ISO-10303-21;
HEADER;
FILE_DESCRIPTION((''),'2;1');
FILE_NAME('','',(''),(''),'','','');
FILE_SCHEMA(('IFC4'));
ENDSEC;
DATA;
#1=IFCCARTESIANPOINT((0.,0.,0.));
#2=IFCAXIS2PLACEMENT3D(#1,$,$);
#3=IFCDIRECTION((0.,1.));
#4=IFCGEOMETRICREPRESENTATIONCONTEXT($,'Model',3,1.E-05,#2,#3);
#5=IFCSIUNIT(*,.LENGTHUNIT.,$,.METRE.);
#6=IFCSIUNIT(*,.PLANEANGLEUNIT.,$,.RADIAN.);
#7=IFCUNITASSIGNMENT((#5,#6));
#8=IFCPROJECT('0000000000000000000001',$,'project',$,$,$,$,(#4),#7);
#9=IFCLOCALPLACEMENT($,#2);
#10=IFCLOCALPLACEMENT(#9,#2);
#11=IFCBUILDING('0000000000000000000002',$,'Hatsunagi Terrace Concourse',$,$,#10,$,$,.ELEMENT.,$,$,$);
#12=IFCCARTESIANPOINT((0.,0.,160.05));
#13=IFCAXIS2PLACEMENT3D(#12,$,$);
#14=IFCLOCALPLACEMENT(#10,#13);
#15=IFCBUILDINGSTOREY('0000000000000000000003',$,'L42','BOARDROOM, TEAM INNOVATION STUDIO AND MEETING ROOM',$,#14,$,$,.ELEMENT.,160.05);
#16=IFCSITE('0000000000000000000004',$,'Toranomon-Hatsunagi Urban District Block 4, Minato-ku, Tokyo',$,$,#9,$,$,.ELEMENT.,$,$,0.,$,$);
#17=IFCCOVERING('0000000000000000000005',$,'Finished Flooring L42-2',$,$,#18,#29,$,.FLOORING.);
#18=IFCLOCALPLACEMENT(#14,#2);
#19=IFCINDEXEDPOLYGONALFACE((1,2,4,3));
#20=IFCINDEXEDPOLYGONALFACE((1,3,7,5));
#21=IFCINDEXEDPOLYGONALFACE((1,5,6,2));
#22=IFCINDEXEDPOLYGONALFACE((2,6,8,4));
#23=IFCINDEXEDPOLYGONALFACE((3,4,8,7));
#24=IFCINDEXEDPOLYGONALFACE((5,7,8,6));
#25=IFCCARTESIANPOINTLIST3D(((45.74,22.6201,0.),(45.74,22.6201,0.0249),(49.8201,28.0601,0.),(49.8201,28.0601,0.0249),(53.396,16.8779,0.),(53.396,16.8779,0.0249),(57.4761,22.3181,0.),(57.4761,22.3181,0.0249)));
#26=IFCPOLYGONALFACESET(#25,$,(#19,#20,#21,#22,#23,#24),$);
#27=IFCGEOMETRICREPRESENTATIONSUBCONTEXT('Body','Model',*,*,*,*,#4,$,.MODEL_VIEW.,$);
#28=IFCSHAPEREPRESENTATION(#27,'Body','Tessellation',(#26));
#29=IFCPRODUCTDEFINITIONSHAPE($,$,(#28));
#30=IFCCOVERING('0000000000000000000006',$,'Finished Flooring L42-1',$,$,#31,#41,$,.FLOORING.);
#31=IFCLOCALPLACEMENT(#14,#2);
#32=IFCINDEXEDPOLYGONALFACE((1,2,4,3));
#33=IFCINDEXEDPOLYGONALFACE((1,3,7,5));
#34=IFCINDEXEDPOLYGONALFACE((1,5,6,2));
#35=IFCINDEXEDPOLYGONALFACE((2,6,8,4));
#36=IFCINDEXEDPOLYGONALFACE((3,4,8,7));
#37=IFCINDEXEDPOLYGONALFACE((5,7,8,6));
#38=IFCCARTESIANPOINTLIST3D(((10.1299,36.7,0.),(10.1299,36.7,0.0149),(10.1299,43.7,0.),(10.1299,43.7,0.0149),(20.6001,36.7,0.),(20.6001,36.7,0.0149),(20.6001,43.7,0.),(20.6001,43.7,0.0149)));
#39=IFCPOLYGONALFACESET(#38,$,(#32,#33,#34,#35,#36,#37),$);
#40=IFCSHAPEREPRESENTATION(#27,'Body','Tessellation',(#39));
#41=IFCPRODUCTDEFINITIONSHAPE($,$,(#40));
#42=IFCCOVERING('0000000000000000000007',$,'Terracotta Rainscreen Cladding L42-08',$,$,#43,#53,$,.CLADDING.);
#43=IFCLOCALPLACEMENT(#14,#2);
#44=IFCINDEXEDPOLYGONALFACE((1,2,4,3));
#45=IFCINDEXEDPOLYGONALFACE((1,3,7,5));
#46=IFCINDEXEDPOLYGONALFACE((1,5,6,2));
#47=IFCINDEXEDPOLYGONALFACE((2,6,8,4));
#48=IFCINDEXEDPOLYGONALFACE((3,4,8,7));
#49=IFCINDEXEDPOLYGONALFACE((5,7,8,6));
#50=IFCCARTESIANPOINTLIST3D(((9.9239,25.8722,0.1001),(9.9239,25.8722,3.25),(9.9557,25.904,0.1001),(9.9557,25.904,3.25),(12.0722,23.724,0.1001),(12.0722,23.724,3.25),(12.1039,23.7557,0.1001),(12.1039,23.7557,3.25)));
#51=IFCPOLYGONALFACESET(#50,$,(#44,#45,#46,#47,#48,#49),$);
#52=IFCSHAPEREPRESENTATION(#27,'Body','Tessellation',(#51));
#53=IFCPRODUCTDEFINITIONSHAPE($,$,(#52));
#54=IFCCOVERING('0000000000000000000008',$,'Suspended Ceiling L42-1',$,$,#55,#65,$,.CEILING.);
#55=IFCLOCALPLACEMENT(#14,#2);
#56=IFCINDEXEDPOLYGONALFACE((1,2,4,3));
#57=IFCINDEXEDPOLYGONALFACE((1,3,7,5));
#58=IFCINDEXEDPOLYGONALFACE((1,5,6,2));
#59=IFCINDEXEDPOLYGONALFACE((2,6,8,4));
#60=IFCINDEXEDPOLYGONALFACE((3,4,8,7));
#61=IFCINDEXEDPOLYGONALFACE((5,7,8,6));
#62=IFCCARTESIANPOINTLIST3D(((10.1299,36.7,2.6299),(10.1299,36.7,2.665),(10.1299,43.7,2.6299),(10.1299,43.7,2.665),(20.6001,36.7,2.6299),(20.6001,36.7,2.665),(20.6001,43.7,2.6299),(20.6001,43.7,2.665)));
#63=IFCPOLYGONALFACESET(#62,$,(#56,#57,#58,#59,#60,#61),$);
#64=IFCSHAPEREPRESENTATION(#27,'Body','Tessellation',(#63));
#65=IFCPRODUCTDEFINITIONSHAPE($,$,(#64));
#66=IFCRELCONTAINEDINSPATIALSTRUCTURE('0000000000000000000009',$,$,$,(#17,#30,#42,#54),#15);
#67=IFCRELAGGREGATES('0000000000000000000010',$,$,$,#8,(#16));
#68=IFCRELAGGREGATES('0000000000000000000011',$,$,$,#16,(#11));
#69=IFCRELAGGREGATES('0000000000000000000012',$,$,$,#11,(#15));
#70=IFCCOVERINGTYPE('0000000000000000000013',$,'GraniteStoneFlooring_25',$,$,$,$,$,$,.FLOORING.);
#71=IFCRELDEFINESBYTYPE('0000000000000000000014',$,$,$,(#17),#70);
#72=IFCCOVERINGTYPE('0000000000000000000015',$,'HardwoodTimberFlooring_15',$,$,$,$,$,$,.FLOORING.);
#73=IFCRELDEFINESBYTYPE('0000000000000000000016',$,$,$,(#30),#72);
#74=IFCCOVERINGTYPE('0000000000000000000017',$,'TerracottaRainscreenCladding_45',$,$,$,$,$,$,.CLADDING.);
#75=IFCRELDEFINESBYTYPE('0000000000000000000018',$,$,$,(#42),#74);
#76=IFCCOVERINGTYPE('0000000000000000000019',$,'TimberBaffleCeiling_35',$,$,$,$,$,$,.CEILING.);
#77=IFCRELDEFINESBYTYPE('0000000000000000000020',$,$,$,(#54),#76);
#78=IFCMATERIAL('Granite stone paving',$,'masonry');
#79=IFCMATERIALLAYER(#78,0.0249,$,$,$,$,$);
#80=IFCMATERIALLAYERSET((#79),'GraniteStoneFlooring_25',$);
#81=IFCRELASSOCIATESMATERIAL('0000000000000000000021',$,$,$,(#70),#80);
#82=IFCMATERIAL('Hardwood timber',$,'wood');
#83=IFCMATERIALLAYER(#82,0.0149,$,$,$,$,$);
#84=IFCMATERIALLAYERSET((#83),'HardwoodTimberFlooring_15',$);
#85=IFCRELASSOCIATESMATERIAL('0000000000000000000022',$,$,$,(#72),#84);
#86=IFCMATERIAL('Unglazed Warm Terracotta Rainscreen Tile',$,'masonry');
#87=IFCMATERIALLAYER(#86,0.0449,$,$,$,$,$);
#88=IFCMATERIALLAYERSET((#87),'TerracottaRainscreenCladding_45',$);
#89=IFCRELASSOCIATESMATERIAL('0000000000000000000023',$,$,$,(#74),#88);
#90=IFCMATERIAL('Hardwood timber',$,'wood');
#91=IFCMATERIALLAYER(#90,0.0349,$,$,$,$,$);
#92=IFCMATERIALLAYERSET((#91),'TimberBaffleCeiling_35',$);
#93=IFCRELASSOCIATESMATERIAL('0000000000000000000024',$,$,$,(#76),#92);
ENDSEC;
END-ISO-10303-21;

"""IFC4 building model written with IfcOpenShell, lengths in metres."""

from ifc_helpers import new_model, si_unit, direction, frame, origin, origin_2d, place, context, subcontext, project, spatial, polyline, rectangle, outline, extrude, material, layer, layer_set, type_object, element, save


model = new_model("IFC4")

# Units and contexts
model_context = context("Model", 3, precision=1e-05, world=origin(), true_north=direction((0.0, 1.0)))
body_context = subcontext(model_context, "Body", "Model", "MODEL_VIEW")
ifc_project = project(units=[si_unit("LENGTHUNIT", "METRE"), si_unit("PLANEANGLEUNIT", "RADIAN")], contexts=[model_context])

# Site, building, storey
site_placement = place(None, origin())
site = spatial("IfcSite", under=ifc_project, at=site_placement, Name="Toranomon-Hatsunagi Urban District Block 4, Minato-ku, Tokyo", CompositionType="ELEMENT", RefElevation=0.0)
building_placement = place(site_placement, origin())
building = spatial("IfcBuilding", under=site, at=building_placement, Name="Hatsunagi Terrace Concourse", CompositionType="ELEMENT")
storey_placement = place(building_placement, frame((0.0, 0.0, 160.05)))
storey = spatial("IfcBuildingStorey", under=building, at=storey_placement, Name="L42", Description="BOARDROOM, TEAM INNOVATION STUDIO AND MEETING ROOM", CompositionType="ELEMENT", Elevation=160.05)

# Coverings
ifc_material_1 = material(Name="Granite stone paving", Category="masonry")
ifc_layer_1 = layer(ifc_material_1, 0.0249)
ifc_layer_set_1 = layer_set([ifc_layer_1], Name="GraniteStoneFlooring_25")
covering_type_1 = type_object("IfcCoveringType", Name="GraniteStoneFlooring_25", PredefinedType="FLOORING", material=ifc_layer_set_1)
covering_1_placement = place(storey_placement, origin())
element("IfcCovering", 1, at=covering_1_placement, inside=storey, type_object=covering_type_1, Name="Finished Flooring L42-2", PredefinedType="FLOORING", context=body_context, shape_type="SweptSolid", body=[
    extrude(outline(polyline([(57.4761, 22.3181), (49.8201, 28.0601), (45.74, 22.6201), (53.396, 16.8779), (57.4761, 22.3181)])), origin(), (0.0, 0.0, 1.0), 0.0249),
])
ifc_material_2 = material(Name="Hardwood timber", Category="wood")
ifc_layer_2 = layer(ifc_material_2, 0.0149)
ifc_layer_set_2 = layer_set([ifc_layer_2], Name="HardwoodTimberFlooring_15")
covering_type_2 = type_object("IfcCoveringType", Name="HardwoodTimberFlooring_15", PredefinedType="FLOORING", material=ifc_layer_set_2)
covering_2_placement = place(storey_placement, origin())
element("IfcCovering", 2, at=covering_2_placement, inside=storey, type_object=covering_type_2, Name="Finished Flooring L42-1", PredefinedType="FLOORING", context=body_context, shape_type="SweptSolid", body=[
    extrude(outline(polyline([(10.1299, 36.7), (20.6001, 36.7), (20.6001, 43.7), (10.1299, 43.7), (10.1299, 36.7)])), origin(), (0.0, 0.0, 1.0), 0.0149),
])
ifc_material_3 = material(Name="Unglazed Warm Terracotta Rainscreen Tile", Category="masonry")
ifc_layer_3 = layer(ifc_material_3, 0.0449)
ifc_layer_set_3 = layer_set([ifc_layer_3], Name="TerracottaRainscreenCladding_45")
covering_type_3 = type_object("IfcCoveringType", Name="TerracottaRainscreenCladding_45", PredefinedType="CLADDING", material=ifc_layer_set_3)
covering_3_placement = place(storey_placement, frame((11.0139, 24.814, 0.1001), z_axis=(0.0, 0.0, 1.0), x_axis=(-0.707107, 0.707107, 0.0)))
element("IfcCovering", 3, at=covering_3_placement, inside=storey, type_object=covering_type_3, Name="Terracotta Rainscreen Cladding L42-08", PredefinedType="CLADDING", context=body_context, shape_type="SweptSolid", body=[
    extrude(rectangle(XDim=3.0381, YDim=0.0449, at=origin_2d()), origin(), (0.0, 0.0, 1.0), 3.1499),
])
ifc_material_4 = material(Name="Hardwood timber", Category="wood")
ifc_layer_4 = layer(ifc_material_4, 0.0349)
ifc_layer_set_4 = layer_set([ifc_layer_4], Name="TimberBaffleCeiling_35")
covering_type_4 = type_object("IfcCoveringType", Name="TimberBaffleCeiling_35", PredefinedType="CEILING", material=ifc_layer_set_4)
covering_4_placement = place(storey_placement, frame((0.0, 0.0, 2.6299)))
element("IfcCovering", 4, at=covering_4_placement, inside=storey, type_object=covering_type_4, Name="Suspended Ceiling L42-1", PredefinedType="CEILING", context=body_context, shape_type="SweptSolid", body=[
    extrude(outline(polyline([(10.1299, 36.7), (20.6001, 36.7), (20.6001, 43.7), (10.1299, 43.7), (10.1299, 36.7)])), origin(), (0.0, 0.0, 1.0), 0.0352),
])

save(model, "model.ifc")
